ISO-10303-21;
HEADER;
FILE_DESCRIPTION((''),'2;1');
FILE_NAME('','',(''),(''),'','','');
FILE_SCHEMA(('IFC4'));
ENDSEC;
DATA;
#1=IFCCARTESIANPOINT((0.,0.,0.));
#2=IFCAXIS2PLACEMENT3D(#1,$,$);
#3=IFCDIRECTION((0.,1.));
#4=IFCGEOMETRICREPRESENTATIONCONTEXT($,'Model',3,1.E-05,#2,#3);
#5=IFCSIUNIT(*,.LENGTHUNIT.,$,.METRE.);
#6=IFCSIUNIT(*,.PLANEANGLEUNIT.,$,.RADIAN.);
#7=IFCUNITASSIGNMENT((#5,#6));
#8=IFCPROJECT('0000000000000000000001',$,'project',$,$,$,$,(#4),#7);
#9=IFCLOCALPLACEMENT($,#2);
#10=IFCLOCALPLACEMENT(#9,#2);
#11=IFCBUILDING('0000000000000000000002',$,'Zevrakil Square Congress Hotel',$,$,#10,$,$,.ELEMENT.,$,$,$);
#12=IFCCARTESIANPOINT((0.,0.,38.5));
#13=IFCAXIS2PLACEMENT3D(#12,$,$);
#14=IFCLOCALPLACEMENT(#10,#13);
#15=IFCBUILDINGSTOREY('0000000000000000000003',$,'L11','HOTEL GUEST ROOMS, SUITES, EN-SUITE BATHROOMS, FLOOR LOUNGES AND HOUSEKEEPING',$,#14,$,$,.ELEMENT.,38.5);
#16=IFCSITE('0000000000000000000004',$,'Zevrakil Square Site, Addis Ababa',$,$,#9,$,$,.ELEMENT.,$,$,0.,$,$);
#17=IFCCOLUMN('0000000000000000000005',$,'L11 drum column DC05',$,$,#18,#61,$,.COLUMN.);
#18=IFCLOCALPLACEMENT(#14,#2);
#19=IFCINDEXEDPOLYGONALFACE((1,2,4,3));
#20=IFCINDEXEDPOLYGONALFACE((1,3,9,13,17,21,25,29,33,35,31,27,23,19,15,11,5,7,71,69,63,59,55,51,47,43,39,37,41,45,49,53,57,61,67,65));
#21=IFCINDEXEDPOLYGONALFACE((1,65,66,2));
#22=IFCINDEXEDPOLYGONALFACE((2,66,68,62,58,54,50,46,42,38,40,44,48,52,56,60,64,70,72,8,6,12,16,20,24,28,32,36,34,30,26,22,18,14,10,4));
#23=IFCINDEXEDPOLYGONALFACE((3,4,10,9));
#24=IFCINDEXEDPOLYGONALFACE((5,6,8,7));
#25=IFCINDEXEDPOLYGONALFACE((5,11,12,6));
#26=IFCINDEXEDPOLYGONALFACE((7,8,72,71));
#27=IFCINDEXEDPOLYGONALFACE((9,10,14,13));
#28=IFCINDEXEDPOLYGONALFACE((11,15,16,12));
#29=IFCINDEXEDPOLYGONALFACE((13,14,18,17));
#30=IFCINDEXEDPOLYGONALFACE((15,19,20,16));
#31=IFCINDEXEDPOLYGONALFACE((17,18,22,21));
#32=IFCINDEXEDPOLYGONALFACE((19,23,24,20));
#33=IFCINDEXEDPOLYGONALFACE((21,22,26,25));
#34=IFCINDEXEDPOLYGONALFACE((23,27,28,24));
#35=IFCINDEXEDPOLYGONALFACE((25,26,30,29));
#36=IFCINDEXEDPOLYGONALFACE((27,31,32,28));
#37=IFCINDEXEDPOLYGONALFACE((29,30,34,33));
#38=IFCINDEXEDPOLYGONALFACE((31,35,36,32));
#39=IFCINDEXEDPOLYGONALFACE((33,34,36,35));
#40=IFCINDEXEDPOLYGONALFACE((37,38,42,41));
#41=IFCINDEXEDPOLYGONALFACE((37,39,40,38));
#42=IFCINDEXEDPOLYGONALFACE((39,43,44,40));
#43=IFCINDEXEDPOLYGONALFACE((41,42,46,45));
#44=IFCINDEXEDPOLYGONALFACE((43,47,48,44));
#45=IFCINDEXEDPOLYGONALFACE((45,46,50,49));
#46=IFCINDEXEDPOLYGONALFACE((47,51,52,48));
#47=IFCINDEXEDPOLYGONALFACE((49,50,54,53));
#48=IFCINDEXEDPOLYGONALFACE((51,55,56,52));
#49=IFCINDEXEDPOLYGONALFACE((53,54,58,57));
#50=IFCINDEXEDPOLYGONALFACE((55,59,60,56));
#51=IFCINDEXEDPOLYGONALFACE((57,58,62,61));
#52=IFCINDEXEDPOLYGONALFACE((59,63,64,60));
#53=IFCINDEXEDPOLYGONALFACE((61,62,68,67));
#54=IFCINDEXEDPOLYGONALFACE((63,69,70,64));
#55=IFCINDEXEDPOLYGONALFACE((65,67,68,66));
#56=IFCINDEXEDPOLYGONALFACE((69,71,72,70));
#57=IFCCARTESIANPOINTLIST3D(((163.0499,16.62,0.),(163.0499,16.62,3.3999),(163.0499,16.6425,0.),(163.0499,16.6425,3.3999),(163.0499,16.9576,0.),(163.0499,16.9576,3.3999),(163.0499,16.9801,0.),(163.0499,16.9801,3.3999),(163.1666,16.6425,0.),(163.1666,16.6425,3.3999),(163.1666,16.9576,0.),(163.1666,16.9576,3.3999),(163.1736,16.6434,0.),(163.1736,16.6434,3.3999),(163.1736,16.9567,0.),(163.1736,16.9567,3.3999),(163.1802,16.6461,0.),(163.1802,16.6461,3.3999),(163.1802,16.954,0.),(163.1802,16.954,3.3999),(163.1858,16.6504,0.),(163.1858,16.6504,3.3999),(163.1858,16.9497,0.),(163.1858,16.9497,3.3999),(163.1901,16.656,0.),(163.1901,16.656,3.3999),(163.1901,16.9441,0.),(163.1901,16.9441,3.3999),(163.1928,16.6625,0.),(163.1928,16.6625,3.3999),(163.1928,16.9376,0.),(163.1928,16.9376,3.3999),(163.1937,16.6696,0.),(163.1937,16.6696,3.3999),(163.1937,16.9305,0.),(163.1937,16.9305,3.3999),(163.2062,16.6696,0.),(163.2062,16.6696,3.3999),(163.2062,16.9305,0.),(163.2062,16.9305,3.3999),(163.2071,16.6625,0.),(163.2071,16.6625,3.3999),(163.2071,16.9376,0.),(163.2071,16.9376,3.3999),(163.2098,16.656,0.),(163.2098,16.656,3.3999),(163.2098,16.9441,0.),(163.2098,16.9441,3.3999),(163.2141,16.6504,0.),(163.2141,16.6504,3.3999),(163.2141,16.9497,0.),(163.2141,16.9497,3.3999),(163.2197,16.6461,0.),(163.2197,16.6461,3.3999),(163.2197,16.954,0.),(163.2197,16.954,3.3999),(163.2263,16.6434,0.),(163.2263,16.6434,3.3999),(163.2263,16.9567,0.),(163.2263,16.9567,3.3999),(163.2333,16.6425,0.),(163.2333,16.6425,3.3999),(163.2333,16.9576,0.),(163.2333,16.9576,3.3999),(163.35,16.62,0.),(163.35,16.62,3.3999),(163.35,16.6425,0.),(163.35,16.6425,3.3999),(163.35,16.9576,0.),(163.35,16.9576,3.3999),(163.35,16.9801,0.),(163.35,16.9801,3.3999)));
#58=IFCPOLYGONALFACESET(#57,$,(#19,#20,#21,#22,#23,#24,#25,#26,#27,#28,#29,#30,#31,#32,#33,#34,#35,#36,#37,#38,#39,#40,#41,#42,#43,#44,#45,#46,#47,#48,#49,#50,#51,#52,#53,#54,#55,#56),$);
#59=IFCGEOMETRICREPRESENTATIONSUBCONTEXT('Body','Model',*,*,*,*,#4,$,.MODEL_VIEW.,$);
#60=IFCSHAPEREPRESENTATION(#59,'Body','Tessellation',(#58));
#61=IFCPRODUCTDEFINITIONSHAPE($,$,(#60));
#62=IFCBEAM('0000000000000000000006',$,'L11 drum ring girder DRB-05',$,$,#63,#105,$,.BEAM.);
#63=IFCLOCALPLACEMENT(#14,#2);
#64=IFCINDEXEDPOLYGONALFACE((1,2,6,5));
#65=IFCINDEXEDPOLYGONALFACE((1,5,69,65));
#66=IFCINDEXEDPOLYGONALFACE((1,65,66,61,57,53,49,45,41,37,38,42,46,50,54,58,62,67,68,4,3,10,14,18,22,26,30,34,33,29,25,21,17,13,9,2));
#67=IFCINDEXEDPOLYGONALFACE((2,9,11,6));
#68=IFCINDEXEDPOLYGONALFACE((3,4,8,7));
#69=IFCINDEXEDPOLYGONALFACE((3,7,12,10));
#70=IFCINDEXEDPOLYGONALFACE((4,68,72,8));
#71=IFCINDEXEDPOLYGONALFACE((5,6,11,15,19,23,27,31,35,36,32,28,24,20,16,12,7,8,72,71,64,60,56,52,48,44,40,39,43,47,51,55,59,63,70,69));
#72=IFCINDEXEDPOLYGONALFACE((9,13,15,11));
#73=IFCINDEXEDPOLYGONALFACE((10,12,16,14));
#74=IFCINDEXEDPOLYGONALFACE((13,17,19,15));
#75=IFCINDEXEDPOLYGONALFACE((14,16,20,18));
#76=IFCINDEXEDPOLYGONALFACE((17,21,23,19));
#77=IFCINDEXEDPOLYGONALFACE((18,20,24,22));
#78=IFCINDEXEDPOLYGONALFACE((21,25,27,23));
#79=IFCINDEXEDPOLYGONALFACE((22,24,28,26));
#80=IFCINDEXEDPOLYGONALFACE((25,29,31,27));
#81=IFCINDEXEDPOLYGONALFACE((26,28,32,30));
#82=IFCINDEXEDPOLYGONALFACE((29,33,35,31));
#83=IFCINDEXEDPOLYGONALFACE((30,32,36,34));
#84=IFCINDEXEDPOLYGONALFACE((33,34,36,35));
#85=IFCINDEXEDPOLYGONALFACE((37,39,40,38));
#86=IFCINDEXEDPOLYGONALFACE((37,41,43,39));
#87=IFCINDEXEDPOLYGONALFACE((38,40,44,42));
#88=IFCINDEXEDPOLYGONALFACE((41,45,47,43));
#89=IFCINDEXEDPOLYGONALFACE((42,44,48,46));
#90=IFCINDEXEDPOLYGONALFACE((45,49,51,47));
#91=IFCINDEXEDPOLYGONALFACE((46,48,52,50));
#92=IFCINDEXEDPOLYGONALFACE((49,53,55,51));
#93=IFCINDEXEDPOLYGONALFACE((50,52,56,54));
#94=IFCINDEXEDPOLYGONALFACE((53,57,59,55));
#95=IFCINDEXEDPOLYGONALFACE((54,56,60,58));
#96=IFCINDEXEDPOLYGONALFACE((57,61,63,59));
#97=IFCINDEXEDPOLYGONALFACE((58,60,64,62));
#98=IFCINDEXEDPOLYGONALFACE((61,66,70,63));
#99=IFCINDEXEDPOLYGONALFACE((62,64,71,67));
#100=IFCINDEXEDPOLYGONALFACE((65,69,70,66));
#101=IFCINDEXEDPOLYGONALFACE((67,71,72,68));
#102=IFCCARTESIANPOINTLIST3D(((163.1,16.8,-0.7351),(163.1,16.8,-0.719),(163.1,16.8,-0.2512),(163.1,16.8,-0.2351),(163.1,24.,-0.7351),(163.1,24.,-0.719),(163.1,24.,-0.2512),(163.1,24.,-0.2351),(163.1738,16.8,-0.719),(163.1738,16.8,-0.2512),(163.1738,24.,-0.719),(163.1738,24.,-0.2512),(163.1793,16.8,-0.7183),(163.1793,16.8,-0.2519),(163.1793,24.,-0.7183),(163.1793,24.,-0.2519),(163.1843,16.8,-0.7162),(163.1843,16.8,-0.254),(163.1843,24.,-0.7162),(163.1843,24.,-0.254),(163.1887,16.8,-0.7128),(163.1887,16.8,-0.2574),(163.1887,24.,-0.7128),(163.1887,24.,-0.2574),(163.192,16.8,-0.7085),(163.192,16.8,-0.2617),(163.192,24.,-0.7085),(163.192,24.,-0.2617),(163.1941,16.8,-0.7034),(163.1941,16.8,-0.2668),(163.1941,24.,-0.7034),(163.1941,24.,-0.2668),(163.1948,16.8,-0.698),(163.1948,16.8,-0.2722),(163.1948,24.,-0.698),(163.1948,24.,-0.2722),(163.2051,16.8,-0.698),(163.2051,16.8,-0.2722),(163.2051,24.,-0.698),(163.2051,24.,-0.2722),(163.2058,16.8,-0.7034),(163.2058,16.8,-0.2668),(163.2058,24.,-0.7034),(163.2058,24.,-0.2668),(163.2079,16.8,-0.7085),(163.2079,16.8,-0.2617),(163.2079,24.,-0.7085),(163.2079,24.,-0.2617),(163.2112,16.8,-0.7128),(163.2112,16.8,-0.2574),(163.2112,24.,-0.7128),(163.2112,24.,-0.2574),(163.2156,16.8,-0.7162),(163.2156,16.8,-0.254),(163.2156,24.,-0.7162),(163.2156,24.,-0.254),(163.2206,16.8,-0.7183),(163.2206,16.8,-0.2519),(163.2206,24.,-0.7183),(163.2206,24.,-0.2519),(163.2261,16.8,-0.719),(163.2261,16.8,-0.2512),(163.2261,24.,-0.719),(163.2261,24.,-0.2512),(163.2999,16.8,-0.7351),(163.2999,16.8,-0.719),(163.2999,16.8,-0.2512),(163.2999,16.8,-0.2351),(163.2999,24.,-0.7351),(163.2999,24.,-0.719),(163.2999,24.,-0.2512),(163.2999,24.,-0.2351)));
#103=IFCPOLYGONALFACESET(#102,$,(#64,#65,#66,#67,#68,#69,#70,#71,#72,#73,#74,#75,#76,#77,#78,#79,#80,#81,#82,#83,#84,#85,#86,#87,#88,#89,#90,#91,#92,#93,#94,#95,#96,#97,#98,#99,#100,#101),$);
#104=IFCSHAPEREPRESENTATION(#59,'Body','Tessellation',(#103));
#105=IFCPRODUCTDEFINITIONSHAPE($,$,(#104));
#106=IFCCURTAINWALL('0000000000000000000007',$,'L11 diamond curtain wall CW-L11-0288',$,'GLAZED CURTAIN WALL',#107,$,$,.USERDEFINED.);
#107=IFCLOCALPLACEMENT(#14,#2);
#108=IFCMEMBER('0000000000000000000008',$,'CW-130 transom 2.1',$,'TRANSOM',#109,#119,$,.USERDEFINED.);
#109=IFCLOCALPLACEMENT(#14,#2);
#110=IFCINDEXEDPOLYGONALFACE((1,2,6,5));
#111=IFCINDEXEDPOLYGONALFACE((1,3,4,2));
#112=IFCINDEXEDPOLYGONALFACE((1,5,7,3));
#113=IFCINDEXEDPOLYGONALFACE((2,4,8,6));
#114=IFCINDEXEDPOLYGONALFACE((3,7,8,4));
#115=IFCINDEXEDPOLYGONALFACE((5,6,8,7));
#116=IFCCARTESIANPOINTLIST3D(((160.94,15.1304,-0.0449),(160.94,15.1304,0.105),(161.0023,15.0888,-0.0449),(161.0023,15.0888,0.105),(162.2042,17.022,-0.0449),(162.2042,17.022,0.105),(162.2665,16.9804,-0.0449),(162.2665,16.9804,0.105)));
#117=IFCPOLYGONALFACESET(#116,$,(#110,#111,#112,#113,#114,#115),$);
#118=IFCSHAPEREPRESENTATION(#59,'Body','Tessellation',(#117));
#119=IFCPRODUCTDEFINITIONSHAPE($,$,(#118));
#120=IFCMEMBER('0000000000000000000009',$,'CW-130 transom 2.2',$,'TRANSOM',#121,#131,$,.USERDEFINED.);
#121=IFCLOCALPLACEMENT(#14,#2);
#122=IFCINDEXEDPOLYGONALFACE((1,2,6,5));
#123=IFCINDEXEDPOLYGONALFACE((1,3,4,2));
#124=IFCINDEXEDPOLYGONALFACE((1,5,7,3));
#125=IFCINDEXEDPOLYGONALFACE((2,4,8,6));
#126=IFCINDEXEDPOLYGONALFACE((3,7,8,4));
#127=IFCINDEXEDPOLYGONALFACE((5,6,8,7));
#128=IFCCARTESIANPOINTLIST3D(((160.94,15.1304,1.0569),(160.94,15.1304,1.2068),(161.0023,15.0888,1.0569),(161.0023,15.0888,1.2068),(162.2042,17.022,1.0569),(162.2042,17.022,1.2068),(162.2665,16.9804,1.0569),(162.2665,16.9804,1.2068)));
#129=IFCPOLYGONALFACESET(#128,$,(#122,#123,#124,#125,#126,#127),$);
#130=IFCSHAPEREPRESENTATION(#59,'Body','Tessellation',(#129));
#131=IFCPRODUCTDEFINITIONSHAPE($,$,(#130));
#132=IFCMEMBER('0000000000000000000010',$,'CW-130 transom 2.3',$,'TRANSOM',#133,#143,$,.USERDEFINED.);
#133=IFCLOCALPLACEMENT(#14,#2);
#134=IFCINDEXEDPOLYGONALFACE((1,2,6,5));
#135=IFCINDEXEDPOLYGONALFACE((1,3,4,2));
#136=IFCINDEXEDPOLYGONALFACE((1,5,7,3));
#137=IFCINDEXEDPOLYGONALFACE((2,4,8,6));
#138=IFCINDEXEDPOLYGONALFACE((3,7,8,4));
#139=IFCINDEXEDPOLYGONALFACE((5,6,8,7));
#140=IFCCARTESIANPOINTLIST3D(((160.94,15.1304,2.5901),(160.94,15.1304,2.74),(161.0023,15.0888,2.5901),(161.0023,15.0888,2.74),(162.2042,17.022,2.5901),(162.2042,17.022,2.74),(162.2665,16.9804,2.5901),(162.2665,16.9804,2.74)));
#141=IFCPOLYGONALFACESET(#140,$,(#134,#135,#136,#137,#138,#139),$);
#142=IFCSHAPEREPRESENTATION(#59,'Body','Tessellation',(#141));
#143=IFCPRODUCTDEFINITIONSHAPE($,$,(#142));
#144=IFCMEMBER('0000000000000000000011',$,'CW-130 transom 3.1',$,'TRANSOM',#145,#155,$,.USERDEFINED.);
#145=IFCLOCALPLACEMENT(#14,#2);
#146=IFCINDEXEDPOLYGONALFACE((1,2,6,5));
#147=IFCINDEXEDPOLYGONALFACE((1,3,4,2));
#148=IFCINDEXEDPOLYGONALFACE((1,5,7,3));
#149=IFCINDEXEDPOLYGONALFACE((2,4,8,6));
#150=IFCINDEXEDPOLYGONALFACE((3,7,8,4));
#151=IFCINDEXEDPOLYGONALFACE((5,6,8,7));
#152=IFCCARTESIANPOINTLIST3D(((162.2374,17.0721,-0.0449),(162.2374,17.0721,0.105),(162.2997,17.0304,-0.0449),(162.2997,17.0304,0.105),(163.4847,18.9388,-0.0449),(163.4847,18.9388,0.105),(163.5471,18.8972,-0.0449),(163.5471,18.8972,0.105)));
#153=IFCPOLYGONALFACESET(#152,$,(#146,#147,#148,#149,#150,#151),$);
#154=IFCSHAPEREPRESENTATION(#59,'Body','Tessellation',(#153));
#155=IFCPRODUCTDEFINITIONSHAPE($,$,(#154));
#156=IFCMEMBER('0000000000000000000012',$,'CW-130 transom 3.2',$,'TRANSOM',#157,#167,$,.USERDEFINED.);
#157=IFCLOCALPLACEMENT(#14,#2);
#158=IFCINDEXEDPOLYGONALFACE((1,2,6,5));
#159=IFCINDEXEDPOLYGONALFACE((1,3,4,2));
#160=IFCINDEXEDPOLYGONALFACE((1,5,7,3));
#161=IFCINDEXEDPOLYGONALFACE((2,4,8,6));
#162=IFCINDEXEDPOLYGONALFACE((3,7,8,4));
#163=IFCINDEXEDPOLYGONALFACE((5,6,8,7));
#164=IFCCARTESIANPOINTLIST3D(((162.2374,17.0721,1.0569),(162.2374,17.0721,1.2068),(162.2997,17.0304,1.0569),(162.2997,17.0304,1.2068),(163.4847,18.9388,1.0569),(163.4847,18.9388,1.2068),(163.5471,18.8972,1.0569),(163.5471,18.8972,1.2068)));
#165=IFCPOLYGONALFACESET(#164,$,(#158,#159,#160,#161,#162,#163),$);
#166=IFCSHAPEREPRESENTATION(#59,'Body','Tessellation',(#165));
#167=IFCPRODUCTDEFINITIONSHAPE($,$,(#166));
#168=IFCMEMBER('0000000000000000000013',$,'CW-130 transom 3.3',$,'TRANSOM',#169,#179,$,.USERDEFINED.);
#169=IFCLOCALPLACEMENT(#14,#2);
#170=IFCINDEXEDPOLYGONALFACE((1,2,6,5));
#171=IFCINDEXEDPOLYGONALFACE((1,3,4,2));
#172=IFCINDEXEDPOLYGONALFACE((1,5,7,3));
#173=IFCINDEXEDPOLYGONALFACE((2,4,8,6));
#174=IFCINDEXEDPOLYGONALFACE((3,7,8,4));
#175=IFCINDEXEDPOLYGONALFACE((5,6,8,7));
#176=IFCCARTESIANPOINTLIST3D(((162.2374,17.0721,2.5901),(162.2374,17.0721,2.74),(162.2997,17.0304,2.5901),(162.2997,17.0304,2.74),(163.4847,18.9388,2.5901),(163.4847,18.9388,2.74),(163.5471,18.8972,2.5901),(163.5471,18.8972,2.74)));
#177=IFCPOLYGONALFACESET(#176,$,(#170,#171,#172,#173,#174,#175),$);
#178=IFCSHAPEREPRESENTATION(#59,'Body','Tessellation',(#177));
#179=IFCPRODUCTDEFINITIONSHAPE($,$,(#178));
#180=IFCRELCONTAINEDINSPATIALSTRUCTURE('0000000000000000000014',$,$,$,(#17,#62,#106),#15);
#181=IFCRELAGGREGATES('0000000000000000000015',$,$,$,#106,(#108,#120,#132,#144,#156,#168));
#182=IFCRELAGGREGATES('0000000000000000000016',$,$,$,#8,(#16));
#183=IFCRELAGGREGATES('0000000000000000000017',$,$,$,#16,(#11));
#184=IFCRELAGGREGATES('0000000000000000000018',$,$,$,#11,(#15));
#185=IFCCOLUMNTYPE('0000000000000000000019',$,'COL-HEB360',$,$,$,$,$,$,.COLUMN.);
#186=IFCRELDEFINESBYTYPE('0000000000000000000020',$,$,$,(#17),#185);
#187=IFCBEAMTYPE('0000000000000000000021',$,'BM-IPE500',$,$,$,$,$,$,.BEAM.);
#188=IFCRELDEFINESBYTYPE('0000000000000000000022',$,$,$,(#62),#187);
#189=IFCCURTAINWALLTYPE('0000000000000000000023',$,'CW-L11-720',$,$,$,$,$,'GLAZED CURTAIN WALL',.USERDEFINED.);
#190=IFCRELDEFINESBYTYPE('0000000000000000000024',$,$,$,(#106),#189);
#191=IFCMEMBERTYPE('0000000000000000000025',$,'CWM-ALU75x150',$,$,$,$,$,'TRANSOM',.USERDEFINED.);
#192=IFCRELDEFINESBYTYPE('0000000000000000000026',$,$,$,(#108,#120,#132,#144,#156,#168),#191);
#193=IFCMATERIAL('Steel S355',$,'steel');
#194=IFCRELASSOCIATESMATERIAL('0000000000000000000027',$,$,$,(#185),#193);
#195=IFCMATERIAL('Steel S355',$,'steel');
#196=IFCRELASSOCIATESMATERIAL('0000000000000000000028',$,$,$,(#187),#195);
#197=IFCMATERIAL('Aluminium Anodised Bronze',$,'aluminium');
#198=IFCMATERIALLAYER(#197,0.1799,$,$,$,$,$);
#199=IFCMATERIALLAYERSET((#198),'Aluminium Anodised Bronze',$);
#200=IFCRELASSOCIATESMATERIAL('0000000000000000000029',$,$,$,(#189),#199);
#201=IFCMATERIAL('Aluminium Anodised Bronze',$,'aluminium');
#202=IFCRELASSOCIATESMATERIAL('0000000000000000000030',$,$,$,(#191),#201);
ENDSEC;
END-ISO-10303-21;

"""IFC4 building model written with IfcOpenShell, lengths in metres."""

from ifc_helpers import new_model, si_unit, direction, frame, origin, origin_2d, place, context, subcontext, project, spatial, rectangle, i_section, extrude, material, layer, layer_set, material_profile, profile_set, type_object, element, aggregate, save


model = new_model("IFC4")

# Units and contexts
model_context = context("Model", 3, precision=1e-05, world=origin(), true_north=direction((0.0, 1.0)))
body_context = subcontext(model_context, "Body", "Model", "MODEL_VIEW")
ifc_project = project(units=[si_unit("LENGTHUNIT", "METRE"), si_unit("PLANEANGLEUNIT", "RADIAN")], contexts=[model_context])

# Site, building, storey
site_placement = place(None, origin())
site = spatial("IfcSite", under=ifc_project, at=site_placement, Name="Zevrakil Square Site, Addis Ababa", CompositionType="ELEMENT", RefElevation=0.0)
building_placement = place(site_placement, origin())
building = spatial("IfcBuilding", under=site, at=building_placement, Name="Zevrakil Square Congress Hotel", CompositionType="ELEMENT")
storey_placement = place(building_placement, frame((0.0, 0.0, 38.5)))
storey = spatial("IfcBuildingStorey", under=building, at=storey_placement, Name="L11", Description="HOTEL GUEST ROOMS, SUITES, EN-SUITE BATHROOMS, FLOOR LOUNGES AND HOUSEKEEPING", CompositionType="ELEMENT", Elevation=38.5)

# Column
ifc_material_1 = material(Name="Steel S355", Category="steel")
ifc_material_profile_1 = material_profile(ifc_material_1, i_section(OverallWidth=0.3, OverallDepth=0.3601, WebThickness=0.0125, FlangeThickness=0.0225, FilletRadius=0.0271, at=origin_2d()), Name="HEB 360")
ifc_profile_set_1 = profile_set([ifc_material_profile_1], Name="Steel S355")
column_type = type_object("IfcColumnType", Name="COL-HEB360", PredefinedType="COLUMN", material=ifc_profile_set_1)
column_placement = place(storey_placement, frame((163.2, 16.8, 0.0), z_axis=(0.0, 0.0, 1.0), x_axis=(1.0, 0.0, 0.0)))
element("IfcColumn", 1, at=column_placement, inside=storey, type_object=column_type, Name="L11 drum column DC05", PredefinedType="COLUMN", context=body_context, shape_type="SweptSolid", body=[
    extrude(i_section(OverallWidth=0.3, OverallDepth=0.3601, WebThickness=0.0125, FlangeThickness=0.0225, FilletRadius=0.0271, at=origin_2d()), origin(), (0.0, 0.0, 1.0), 3.3999),
])

# Beam
ifc_material_2 = material(Name="Steel S355", Category="steel")
ifc_material_profile_2 = material_profile(ifc_material_2, i_section(OverallWidth=0.2, OverallDepth=0.5, WebThickness=0.0103, FlangeThickness=0.0161, FilletRadius=0.021, at=origin_2d()), Name="IPE 500")
ifc_profile_set_2 = profile_set([ifc_material_profile_2], Name="Steel S355")
beam_type_1 = type_object("IfcBeamType", Name="BM-IPE500", PredefinedType="BEAM", material=ifc_profile_set_2)
beam_1_placement = place(storey_placement, frame((163.2, 16.8, -0.4851), z_axis=(0.0, 1.0, 0.0), x_axis=(-1.0, 0.0, 0.0)))
element("IfcBeam", 2, at=beam_1_placement, inside=storey, type_object=beam_type_1, Name="L11 drum ring girder DRB-05", PredefinedType="BEAM", context=body_context, shape_type="SweptSolid", body=[
    extrude(i_section(OverallWidth=0.2, OverallDepth=0.5, WebThickness=0.0103, FlangeThickness=0.0161, FilletRadius=0.021, at=origin_2d()), origin(), (0.0, 0.0, 1.0), 7.2),
])

# Curtain wall, members
ifc_material_3 = material(Name="Aluminium Anodised Bronze", Category="aluminium")
ifc_layer_1 = layer(ifc_material_3, 0.1799)
ifc_layer_set_1 = layer_set([ifc_layer_1], Name="Aluminium Anodised Bronze")
curtain_wall_type = type_object("IfcCurtainWallType", Name="CW-L11-720", ElementType="GLAZED CURTAIN WALL", PredefinedType="USERDEFINED", material=ifc_layer_set_1)
curtain_wall_placement = place(storey_placement, origin())
curtain_wall = element("IfcCurtainWall", 3, at=curtain_wall_placement, inside=storey, type_object=curtain_wall_type, Name="L11 diamond curtain wall CW-L11-0288", ObjectType="GLAZED CURTAIN WALL", PredefinedType="USERDEFINED")
ifc_material_4 = material(Name="Aluminium Anodised Bronze", Category="aluminium")
ifc_material_profile_3 = material_profile(ifc_material_4, rectangle(XDim=0.075, YDim=0.1499, at=origin_2d()), Name="ALU 75x150")
ifc_profile_set_3 = profile_set([ifc_material_profile_3], Name="Aluminium Anodised Bronze")
member_type_1 = type_object("IfcMemberType", Name="CWM-ALU75x150", ElementType="TRANSOM", PredefinedType="USERDEFINED", material=ifc_profile_set_3)
member_1_placement = place(storey_placement, frame((160.9712, 15.1096, 0.03), z_axis=(0.555641, 0.831422, 0.0), x_axis=(-0.831422, 0.555641, 0.0)))
member_1 = element("IfcMember", 4, at=member_1_placement, type_object=member_type_1, Name="CW-130 transom 2.1", ObjectType="TRANSOM", PredefinedType="USERDEFINED", context=body_context, shape_type="SweptSolid", body=[
    extrude(rectangle(XDim=0.075, YDim=0.1499, at=origin_2d()), origin(), (0.0, 0.0, 1.0), 2.2751),
])
member_2_placement = place(storey_placement, frame((160.9712, 15.1096, 1.1318), z_axis=(0.555641, 0.831422, 0.0), x_axis=(-0.831422, 0.555641, 0.0)))
member_2 = element("IfcMember", 5, at=member_2_placement, type_object=member_type_1, Name="CW-130 transom 2.2", ObjectType="TRANSOM", PredefinedType="USERDEFINED", context=body_context, shape_type="SweptSolid", body=[
    extrude(rectangle(XDim=0.075, YDim=0.1499, at=origin_2d()), origin(), (0.0, 0.0, 1.0), 2.2751),
])
member_3_placement = place(storey_placement, frame((160.9712, 15.1096, 2.665), z_axis=(0.555641, 0.831422, 0.0), x_axis=(-0.831422, 0.555641, 0.0)))
member_3 = element("IfcMember", 6, at=member_3_placement, type_object=member_type_1, Name="CW-130 transom 2.3", ObjectType="TRANSOM", PredefinedType="USERDEFINED", context=body_context, shape_type="SweptSolid", body=[
    extrude(rectangle(XDim=0.075, YDim=0.1499, at=origin_2d()), origin(), (0.0, 0.0, 1.0), 2.2751),
])
member_4_placement = place(storey_placement, frame((162.2686, 17.0513, 0.03), z_axis=(0.555578, 0.831464, 0.0), x_axis=(-0.831464, 0.555578, 0.0)))
member_4 = element("IfcMember", 7, at=member_4_placement, type_object=member_type_1, Name="CW-130 transom 3.1", ObjectType="TRANSOM", PredefinedType="USERDEFINED", context=body_context, shape_type="SweptSolid", body=[
    extrude(rectangle(XDim=0.075, YDim=0.1499, at=origin_2d()), origin(), (0.0, 0.0, 1.0), 2.2451),
])
member_5_placement = place(storey_placement, frame((162.2686, 17.0513, 1.1318), z_axis=(0.555578, 0.831464, 0.0), x_axis=(-0.831464, 0.555578, 0.0)))
member_5 = element("IfcMember", 8, at=member_5_placement, type_object=member_type_1, Name="CW-130 transom 3.2", ObjectType="TRANSOM", PredefinedType="USERDEFINED", context=body_context, shape_type="SweptSolid", body=[
    extrude(rectangle(XDim=0.075, YDim=0.1499, at=origin_2d()), origin(), (0.0, 0.0, 1.0), 2.2451),
])
member_6_placement = place(storey_placement, frame((162.2686, 17.0513, 2.665), z_axis=(0.555578, 0.831464, 0.0), x_axis=(-0.831464, 0.555578, 0.0)))
member_6 = element("IfcMember", 9, at=member_6_placement, type_object=member_type_1, Name="CW-130 transom 3.3", ObjectType="TRANSOM", PredefinedType="USERDEFINED", context=body_context, shape_type="SweptSolid", body=[
    extrude(rectangle(XDim=0.075, YDim=0.1499, at=origin_2d()), origin(), (0.0, 0.0, 1.0), 2.2451),
])

aggregate(curtain_wall, [member_1, member_2, member_3, member_4, member_5, member_6])

save(model, "model.ifc")
